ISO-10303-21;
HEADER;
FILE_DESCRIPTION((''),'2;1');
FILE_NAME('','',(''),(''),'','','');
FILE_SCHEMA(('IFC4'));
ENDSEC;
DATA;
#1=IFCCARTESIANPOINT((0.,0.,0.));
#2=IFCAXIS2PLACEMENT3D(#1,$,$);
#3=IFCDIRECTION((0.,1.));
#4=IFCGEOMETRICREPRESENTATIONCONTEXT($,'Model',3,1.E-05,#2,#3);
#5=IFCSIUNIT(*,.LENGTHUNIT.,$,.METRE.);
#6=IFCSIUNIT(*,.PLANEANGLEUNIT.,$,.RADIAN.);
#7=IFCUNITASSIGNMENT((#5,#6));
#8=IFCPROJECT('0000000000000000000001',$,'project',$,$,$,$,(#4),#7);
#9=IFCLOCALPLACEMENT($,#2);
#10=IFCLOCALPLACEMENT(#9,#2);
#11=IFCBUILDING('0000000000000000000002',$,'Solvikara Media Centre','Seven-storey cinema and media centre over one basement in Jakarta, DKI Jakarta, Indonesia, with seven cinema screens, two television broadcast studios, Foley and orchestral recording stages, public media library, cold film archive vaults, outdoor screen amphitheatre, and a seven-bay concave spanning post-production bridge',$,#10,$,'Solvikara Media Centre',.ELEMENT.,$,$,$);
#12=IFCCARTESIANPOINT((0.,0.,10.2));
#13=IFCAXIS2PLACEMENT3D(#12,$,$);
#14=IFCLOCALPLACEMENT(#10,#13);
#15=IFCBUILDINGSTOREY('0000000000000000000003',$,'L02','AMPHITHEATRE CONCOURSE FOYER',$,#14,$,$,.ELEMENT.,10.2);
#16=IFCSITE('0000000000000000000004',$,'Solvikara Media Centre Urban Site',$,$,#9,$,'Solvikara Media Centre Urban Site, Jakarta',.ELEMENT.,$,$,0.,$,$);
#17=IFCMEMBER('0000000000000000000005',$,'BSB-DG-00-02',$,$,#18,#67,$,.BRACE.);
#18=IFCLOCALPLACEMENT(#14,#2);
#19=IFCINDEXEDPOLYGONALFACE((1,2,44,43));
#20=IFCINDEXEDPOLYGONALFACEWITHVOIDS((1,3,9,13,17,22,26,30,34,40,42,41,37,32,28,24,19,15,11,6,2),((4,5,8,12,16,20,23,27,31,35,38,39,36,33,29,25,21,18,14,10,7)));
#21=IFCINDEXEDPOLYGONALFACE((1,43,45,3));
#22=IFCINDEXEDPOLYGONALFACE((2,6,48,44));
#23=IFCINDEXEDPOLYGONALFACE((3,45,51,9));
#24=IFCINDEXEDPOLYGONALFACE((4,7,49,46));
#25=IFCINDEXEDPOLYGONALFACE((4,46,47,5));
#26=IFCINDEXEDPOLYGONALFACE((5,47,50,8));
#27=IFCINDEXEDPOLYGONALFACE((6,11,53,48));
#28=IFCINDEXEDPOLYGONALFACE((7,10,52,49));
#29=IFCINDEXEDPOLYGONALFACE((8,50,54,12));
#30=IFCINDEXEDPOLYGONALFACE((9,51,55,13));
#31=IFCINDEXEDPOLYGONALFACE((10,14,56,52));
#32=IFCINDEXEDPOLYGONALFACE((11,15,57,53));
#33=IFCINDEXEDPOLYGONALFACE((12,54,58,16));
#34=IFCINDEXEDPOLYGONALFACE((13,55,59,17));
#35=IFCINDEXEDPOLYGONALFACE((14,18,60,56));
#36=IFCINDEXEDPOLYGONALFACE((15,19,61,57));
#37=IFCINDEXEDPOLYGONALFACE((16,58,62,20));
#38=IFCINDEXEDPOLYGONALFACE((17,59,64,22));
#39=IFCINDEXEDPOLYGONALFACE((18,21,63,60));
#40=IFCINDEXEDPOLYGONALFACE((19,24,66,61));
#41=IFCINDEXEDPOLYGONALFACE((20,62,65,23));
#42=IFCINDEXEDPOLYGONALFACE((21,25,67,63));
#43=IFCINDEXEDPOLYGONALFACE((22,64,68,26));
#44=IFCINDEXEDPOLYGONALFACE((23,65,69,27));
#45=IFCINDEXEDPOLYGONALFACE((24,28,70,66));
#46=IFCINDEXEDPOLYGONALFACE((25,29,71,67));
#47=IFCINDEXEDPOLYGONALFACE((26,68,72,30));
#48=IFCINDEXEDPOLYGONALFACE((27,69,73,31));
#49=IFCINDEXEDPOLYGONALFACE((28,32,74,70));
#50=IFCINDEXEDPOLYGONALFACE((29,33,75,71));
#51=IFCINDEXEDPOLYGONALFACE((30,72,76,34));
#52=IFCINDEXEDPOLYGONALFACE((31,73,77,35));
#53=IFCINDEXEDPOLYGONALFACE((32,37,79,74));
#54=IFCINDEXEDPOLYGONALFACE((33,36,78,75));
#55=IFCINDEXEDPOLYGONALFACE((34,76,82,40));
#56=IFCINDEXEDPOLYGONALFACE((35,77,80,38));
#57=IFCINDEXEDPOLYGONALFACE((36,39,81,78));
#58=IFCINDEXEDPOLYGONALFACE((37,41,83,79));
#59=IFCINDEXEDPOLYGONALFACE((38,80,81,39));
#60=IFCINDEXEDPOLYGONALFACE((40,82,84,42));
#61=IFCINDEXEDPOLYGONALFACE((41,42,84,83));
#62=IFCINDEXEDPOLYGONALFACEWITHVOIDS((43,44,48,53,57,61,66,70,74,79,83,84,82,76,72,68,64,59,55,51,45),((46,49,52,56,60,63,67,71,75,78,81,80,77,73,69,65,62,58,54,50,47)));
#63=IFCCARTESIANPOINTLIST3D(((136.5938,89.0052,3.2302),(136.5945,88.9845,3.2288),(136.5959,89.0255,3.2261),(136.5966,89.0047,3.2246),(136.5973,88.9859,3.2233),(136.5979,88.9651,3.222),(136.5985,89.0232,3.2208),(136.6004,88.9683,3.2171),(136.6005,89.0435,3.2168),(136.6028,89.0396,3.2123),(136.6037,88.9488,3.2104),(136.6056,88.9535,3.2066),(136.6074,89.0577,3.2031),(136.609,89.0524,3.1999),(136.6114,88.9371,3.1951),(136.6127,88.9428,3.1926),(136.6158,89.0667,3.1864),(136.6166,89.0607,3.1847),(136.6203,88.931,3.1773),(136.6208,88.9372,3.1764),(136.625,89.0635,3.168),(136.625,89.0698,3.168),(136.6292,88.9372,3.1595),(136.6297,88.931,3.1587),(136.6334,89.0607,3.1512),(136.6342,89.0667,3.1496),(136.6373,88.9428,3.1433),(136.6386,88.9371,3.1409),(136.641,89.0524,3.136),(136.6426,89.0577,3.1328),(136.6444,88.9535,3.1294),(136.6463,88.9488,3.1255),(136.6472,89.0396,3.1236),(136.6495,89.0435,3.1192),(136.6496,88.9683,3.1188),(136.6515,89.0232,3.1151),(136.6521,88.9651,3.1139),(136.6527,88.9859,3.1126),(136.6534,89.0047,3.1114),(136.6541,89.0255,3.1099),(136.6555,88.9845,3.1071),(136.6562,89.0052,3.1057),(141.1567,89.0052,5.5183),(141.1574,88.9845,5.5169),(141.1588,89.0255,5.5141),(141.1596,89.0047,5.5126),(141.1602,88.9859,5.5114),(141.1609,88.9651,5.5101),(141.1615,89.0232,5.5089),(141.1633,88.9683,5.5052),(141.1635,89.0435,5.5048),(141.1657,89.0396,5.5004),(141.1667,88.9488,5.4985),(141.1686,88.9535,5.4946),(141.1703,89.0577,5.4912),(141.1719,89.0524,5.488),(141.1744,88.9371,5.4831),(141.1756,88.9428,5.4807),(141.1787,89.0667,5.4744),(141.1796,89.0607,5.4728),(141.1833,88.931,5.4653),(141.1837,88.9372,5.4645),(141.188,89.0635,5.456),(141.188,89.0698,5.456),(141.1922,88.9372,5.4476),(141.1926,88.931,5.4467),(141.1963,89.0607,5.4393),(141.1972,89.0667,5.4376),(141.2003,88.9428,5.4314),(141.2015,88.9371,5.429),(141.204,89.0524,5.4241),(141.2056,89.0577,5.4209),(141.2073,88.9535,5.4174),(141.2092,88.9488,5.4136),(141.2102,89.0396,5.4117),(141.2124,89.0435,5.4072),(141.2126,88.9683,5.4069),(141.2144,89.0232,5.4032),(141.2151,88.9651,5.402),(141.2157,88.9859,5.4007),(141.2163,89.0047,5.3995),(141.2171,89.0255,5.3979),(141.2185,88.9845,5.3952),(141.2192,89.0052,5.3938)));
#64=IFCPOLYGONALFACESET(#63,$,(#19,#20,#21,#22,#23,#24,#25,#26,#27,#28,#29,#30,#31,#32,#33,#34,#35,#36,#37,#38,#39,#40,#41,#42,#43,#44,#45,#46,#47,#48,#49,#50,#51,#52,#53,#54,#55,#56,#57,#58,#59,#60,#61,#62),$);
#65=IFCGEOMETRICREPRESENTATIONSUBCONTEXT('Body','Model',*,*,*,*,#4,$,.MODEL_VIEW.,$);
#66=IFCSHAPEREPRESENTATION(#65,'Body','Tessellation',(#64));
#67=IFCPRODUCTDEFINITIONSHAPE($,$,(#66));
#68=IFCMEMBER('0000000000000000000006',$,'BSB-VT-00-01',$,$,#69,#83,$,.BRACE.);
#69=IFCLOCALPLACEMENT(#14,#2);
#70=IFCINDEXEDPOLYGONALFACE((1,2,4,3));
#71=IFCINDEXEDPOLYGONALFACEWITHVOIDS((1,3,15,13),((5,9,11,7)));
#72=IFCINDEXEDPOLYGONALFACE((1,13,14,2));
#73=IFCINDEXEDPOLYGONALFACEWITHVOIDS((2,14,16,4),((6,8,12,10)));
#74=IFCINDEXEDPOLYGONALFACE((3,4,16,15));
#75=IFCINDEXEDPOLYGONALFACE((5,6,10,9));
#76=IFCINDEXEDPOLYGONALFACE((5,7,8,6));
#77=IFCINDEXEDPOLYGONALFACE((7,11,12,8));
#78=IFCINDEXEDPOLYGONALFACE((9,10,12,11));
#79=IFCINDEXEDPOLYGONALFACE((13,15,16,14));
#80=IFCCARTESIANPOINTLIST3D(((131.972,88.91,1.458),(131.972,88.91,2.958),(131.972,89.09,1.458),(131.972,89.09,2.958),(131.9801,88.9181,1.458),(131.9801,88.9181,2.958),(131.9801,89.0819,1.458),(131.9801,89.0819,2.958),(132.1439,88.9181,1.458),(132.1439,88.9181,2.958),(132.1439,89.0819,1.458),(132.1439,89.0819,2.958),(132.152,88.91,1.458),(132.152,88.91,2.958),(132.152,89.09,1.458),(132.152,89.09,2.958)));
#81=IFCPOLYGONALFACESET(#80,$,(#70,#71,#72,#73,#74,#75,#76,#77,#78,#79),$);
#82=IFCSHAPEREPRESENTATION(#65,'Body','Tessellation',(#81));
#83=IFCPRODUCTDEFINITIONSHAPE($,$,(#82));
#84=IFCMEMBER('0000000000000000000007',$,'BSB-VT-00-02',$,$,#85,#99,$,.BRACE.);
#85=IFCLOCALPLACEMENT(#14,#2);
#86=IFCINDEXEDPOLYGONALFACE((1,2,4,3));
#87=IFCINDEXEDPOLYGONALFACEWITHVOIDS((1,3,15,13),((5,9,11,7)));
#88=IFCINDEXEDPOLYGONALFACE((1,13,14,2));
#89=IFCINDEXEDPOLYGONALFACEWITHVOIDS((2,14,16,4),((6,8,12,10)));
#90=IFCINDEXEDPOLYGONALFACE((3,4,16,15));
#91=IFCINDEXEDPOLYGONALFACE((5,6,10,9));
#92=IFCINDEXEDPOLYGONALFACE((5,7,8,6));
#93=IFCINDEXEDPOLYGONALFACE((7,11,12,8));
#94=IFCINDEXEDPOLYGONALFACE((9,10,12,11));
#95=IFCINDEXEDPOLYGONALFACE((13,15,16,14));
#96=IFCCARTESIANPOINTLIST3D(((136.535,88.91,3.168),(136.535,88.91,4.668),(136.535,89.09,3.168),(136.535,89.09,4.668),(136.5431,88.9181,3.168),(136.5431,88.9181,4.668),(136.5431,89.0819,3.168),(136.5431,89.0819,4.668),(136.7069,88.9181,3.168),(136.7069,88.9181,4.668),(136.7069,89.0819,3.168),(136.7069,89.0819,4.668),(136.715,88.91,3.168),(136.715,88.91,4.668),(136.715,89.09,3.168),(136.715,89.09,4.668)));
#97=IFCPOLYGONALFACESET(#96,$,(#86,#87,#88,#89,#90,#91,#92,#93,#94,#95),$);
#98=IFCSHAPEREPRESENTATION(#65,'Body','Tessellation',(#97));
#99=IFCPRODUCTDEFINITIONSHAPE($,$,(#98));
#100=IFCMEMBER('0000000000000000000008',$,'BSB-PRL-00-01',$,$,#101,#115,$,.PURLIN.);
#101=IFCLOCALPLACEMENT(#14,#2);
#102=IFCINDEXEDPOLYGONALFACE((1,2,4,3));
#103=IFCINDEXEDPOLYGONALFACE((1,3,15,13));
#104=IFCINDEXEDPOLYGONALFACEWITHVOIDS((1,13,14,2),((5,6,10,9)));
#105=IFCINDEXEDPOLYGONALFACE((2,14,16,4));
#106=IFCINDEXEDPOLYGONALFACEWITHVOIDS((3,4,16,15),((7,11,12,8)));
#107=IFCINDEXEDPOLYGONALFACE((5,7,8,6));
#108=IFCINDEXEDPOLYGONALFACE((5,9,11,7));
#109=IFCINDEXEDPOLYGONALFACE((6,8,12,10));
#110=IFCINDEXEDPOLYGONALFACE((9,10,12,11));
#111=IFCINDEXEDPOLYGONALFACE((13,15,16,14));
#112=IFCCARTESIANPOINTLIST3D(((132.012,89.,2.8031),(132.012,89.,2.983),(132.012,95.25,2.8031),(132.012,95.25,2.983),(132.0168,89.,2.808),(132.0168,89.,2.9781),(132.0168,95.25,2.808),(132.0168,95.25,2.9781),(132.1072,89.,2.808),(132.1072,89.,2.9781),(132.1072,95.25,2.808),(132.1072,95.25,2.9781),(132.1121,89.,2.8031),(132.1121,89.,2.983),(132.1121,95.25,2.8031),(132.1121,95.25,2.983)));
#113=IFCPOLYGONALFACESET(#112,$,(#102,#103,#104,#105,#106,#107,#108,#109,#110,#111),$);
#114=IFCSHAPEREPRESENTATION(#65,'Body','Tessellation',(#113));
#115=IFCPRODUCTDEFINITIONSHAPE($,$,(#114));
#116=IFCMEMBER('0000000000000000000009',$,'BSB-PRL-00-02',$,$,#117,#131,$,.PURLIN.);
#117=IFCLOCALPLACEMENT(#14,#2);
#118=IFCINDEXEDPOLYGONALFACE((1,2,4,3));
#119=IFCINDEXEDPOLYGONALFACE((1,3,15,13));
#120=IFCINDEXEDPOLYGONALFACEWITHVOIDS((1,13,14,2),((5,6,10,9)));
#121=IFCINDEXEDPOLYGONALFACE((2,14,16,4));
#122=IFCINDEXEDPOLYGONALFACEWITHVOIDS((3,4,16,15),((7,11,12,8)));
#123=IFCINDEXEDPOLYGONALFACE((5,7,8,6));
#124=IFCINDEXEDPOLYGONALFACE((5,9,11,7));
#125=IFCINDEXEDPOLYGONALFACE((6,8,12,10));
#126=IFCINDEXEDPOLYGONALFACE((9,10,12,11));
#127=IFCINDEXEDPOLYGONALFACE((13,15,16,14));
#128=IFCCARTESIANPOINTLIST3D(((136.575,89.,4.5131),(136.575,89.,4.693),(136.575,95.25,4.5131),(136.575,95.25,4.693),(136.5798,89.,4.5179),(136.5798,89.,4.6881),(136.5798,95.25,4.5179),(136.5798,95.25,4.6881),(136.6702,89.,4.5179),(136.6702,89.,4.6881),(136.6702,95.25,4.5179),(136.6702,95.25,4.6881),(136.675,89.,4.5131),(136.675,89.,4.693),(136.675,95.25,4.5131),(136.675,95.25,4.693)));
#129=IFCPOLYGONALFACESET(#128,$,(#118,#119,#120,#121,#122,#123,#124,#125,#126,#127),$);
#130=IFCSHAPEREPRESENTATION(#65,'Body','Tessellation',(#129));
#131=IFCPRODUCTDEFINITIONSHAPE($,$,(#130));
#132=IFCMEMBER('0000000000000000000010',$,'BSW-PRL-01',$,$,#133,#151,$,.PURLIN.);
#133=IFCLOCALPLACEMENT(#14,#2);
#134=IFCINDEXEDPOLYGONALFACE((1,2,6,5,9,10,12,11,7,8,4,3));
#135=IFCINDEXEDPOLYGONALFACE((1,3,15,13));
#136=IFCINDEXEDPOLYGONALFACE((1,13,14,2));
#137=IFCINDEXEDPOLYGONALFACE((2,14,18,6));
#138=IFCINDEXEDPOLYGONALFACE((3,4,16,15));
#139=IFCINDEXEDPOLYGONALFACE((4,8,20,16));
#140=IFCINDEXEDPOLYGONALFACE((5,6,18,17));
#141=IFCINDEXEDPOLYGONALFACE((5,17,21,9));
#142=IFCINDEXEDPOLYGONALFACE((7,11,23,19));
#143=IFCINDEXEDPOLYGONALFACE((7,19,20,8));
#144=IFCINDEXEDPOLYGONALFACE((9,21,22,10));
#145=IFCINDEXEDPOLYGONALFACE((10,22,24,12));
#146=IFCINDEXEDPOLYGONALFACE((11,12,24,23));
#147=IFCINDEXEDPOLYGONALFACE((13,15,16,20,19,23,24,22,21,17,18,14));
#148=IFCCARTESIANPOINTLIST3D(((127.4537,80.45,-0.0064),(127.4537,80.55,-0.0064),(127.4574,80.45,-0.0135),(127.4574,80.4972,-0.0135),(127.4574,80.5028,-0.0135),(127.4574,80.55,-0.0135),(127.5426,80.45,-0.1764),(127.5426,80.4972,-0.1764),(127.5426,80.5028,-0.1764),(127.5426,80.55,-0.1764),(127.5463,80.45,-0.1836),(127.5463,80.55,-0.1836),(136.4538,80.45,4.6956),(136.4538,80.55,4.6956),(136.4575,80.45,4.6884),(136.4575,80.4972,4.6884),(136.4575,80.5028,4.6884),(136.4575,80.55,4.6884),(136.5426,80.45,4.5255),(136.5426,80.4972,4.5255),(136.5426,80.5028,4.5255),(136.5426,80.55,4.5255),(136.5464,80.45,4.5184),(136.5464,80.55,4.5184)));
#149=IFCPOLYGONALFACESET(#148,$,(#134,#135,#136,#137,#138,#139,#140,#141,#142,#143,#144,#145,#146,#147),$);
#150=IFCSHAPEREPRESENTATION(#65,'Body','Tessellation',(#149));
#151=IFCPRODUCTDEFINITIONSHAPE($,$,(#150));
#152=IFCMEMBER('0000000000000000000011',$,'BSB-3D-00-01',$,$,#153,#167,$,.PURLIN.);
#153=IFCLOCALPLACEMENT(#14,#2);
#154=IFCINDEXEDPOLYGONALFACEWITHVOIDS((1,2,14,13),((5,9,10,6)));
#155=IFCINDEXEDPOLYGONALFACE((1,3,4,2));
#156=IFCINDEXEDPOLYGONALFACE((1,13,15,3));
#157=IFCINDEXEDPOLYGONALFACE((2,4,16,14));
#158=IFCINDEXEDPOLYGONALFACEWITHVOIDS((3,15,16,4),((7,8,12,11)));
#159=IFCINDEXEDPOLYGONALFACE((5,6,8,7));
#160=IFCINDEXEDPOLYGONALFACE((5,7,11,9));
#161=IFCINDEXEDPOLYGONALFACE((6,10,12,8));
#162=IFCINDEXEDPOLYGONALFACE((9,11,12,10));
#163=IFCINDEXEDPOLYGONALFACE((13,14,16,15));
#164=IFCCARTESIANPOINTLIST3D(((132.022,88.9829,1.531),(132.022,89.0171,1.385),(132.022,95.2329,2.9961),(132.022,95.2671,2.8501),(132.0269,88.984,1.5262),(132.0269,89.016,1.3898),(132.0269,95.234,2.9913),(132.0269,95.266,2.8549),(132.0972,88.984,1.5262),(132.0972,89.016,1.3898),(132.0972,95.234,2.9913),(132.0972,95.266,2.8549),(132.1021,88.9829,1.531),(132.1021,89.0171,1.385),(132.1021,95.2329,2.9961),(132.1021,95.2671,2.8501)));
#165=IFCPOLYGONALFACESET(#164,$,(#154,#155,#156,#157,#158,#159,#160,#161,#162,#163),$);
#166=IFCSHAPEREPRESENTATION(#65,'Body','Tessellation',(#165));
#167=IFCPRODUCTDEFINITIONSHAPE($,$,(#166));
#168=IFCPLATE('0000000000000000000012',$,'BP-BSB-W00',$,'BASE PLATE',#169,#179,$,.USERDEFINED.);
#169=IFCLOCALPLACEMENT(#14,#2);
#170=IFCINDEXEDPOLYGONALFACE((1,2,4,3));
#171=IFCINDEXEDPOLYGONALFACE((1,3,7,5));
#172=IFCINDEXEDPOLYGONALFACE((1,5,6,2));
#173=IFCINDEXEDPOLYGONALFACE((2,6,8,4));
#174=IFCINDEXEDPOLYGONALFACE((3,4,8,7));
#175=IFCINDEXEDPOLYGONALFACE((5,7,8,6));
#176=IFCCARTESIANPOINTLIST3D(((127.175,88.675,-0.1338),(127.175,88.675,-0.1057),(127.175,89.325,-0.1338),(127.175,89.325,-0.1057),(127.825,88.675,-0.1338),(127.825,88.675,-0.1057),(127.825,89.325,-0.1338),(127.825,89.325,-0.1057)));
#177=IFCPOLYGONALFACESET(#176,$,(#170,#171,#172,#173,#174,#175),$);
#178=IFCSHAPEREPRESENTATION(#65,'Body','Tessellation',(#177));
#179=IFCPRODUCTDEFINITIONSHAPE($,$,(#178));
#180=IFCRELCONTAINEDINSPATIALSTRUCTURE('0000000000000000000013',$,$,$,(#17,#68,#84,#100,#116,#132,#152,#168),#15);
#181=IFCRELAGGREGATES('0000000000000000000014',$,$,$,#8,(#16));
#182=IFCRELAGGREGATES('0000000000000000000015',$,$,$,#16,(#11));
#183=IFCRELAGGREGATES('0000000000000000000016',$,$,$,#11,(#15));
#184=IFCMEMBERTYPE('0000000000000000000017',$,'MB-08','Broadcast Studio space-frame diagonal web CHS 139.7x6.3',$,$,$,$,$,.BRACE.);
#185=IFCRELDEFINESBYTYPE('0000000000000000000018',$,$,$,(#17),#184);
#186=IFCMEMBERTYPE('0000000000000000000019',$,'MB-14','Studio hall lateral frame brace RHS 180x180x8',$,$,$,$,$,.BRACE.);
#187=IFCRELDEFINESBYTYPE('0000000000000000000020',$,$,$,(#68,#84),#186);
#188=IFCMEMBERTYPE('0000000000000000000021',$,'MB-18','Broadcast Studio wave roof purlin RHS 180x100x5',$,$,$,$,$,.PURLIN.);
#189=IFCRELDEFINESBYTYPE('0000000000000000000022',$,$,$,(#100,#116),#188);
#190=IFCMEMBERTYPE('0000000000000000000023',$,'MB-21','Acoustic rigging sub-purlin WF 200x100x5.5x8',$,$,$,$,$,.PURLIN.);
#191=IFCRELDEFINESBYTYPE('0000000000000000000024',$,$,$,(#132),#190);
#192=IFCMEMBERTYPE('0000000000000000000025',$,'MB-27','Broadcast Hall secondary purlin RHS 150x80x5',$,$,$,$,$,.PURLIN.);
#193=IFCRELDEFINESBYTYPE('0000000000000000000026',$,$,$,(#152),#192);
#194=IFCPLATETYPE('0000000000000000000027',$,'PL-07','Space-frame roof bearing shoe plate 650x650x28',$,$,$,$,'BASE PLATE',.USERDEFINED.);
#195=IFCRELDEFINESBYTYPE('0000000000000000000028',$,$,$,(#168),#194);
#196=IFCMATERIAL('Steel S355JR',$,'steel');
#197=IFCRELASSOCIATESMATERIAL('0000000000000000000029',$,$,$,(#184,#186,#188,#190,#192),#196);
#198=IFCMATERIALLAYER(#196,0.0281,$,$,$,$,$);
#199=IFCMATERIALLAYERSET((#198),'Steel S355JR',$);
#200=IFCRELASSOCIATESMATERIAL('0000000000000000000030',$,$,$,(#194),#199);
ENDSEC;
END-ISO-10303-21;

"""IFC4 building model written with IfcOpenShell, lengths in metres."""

from ifc_helpers import new_model, si_unit, direction, frame, origin, origin_2d, place, context, subcontext, project, spatial, rectangle, hollow_rectangle, hollow_circle, i_section, extrude, material, layer, layer_set, material_profile, profile_set, type_object, element, save


model = new_model("IFC4")

# Units and contexts
model_context = context("Model", 3, precision=1e-05, world=origin(), true_north=direction((0.0, 1.0)))
body_context = subcontext(model_context, "Body", "Model", "MODEL_VIEW")
ifc_project = project(units=[si_unit("LENGTHUNIT", "METRE"), si_unit("PLANEANGLEUNIT", "RADIAN")], contexts=[model_context])

# Site, building, storey
site_placement = place(None, origin())
site = spatial("IfcSite", under=ifc_project, at=site_placement, Name="Solvikara Media Centre Urban Site", LongName="Solvikara Media Centre Urban Site, Jakarta", CompositionType="ELEMENT", RefElevation=0.0)
building_placement = place(site_placement, origin())
building = spatial("IfcBuilding", under=site, at=building_placement, Name="Solvikara Media Centre", Description="Seven-storey cinema and media centre over one basement in Jakarta, DKI Jakarta, Indonesia, with seven cinema screens, two television broadcast studios, Foley and orchestral recording stages, public media library, cold film archive vaults, outdoor screen amphitheatre, and a seven-bay concave spanning post-production bridge", LongName="Solvikara Media Centre", CompositionType="ELEMENT")
storey_placement = place(building_placement, frame((0.0, 0.0, 10.2)))
storey = spatial("IfcBuildingStorey", under=building, at=storey_placement, Name="L02", Description="AMPHITHEATRE CONCOURSE FOYER", CompositionType="ELEMENT", Elevation=10.2)

# Shared definitions
ifc_material_1 = material(Name="Steel S355JR", Category="steel")

# Members
ifc_material_profile_1 = material_profile(ifc_material_1, hollow_circle(Radius=0.0698, WallThickness=0.0063, at=origin_2d()), Name="CHS 139.7x6.3")
ifc_profile_set_1 = profile_set([ifc_material_profile_1], Name="Steel S355JR")
member_type_1 = type_object("IfcMemberType", Name="MB-08", Description="Broadcast Studio space-frame diagonal web CHS 139.7x6.3", PredefinedType="BRACE", material=ifc_profile_set_1)
member_1_placement = place(storey_placement, frame((136.625, 89.0, 3.168), z_axis=(0.89391, 0.0, 0.448246), x_axis=(0.0, 1.0, 0.0)))
element("IfcMember", 1, at=member_1_placement, inside=storey, type_object=member_type_1, Name="BSB-DG-00-02", PredefinedType="BRACE", context=body_context, shape_type="SweptSolid", body=[
    extrude(hollow_circle(Radius=0.0698, WallThickness=0.0063, at=origin_2d()), origin(), (0.0, 0.0, 1.0), 5.1045),
])
ifc_material_profile_2 = material_profile(ifc_material_1, hollow_rectangle(XDim=0.1799, YDim=0.1799, WallThickness=0.0081, at=origin_2d()), Name="RHS 180x180x8")
ifc_profile_set_2 = profile_set([ifc_material_profile_2], Name="Steel S355JR")
member_type_2 = type_object("IfcMemberType", Name="MB-14", Description="Studio hall lateral frame brace RHS 180x180x8", PredefinedType="BRACE", material=ifc_profile_set_2)
for number, where, z_axis, x_axis, name in (
    (2, (132.062, 89.0, 1.458), (0.0, 0.0, 1.0), (1.0, 0.0, 0.0), "BSB-VT-00-01"),
    (3, (136.625, 89.0, 3.168), (0.0, 0.0, 1.0), (1.0, 0.0, 0.0), "BSB-VT-00-02"),
):
    element("IfcMember", number, at=place(storey_placement, frame(where, z_axis=z_axis, x_axis=x_axis)), inside=storey, type_object=member_type_2, Name=name, PredefinedType="BRACE", context=body_context, shape_type="SweptSolid", body=[
        extrude(hollow_rectangle(XDim=0.1799, YDim=0.1799, WallThickness=0.0081, at=origin_2d()), origin(), (0.0, 0.0, 1.0), 1.5),
    ])
ifc_material_profile_3 = material_profile(ifc_material_1, hollow_rectangle(XDim=0.1001, YDim=0.1799, WallThickness=0.0049, at=origin_2d()), Name="RHS 180x100x5")
ifc_profile_set_3 = profile_set([ifc_material_profile_3], Name="Steel S355JR")
member_type_3 = type_object("IfcMemberType", Name="MB-18", Description="Broadcast Studio wave roof purlin RHS 180x100x5", PredefinedType="PURLIN", material=ifc_profile_set_3)
for number, where, z_axis, x_axis, name in (
    (4, (132.062, 89.0, 2.8931), (0.0, 1.0, 0.0), (-1.0, 0.0, 0.0), "BSB-PRL-00-01"),
    (5, (136.625, 89.0, 4.603), (0.0, 1.0, 0.0), (-1.0, 0.0, 0.0), "BSB-PRL-00-02"),
):
    element("IfcMember", number, at=place(storey_placement, frame(where, z_axis=z_axis, x_axis=x_axis)), inside=storey, type_object=member_type_3, Name=name, PredefinedType="PURLIN", context=body_context, shape_type="SweptSolid", body=[
        extrude(hollow_rectangle(XDim=0.1001, YDim=0.1799, WallThickness=0.0049, at=origin_2d()), origin(), (0.0, 0.0, 1.0), 6.25),
    ])
ifc_material_profile_4 = material_profile(ifc_material_1, i_section(OverallWidth=0.1001, OverallDepth=0.2, WebThickness=0.0056, FlangeThickness=0.0081, at=origin_2d()), Name="WF 200x100x5.5x8")
ifc_profile_set_4 = profile_set([ifc_material_profile_4], Name="Steel S355JR")
member_type_4 = type_object("IfcMemberType", Name="MB-21", Description="Acoustic rigging sub-purlin WF 200x100x5.5x8", PredefinedType="PURLIN", material=ifc_profile_set_4)
member_2_placement = place(storey_placement, frame((127.5, 80.5, -0.095), z_axis=(0.886332, 0.0, 0.46305), x_axis=(0.0, 1.0, 0.0)))
element("IfcMember", 6, at=member_2_placement, inside=storey, type_object=member_type_4, Name="BSW-PRL-01", PredefinedType="PURLIN", context=body_context, shape_type="SweptSolid", body=[
    extrude(i_section(OverallWidth=0.1001, OverallDepth=0.2, WebThickness=0.0056, FlangeThickness=0.0081, at=origin_2d()), origin(), (0.0, 0.0, 1.0), 10.1543),
])
ifc_material_profile_5 = material_profile(ifc_material_1, hollow_rectangle(XDim=0.0801, YDim=0.1499, WallThickness=0.0049, at=origin_2d()), Name="RHS 150x80x5")
ifc_profile_set_5 = profile_set([ifc_material_profile_5], Name="Steel S355JR")
member_type_5 = type_object("IfcMemberType", Name="MB-27", Description="Broadcast Hall secondary purlin RHS 150x80x5", PredefinedType="PURLIN", material=ifc_profile_set_5)
member_3_placement = place(storey_placement, frame((132.062, 89.0, 1.458), z_axis=(0.0, 0.973608, 0.228227), x_axis=(-1.0, 0.0, 0.0)))
element("IfcMember", 7, at=member_3_placement, inside=storey, type_object=member_type_5, Name="BSB-3D-00-01", PredefinedType="PURLIN", context=body_context, shape_type="SweptSolid", body=[
    extrude(hollow_rectangle(XDim=0.0801, YDim=0.1499, WallThickness=0.0049, at=origin_2d()), origin(), (0.0, 0.0, 1.0), 6.4194),
])

# Plate
ifc_layer_1 = layer(ifc_material_1, 0.0281)
ifc_layer_set_1 = layer_set([ifc_layer_1], Name="Steel S355JR")
plate_type_1 = type_object("IfcPlateType", Name="PL-07", Description="Space-frame roof bearing shoe plate 650x650x28", ElementType="BASE PLATE", PredefinedType="USERDEFINED", material=ifc_layer_set_1)
plate_placement = place(storey_placement, frame((127.5, 89.0, -0.1338), z_axis=(0.0, 0.0, 1.0), x_axis=(1.0, 0.0, 0.0)))
element("IfcPlate", 8, at=plate_placement, inside=storey, type_object=plate_type_1, Name="BP-BSB-W00", ObjectType="BASE PLATE", PredefinedType="USERDEFINED", context=body_context, shape_type="SweptSolid", body=[
    extrude(rectangle(XDim=0.6499, YDim=0.6499, at=origin_2d()), origin(), (0.0, 0.0, 1.0), 0.0281),
])

save(model, "model.ifc")
